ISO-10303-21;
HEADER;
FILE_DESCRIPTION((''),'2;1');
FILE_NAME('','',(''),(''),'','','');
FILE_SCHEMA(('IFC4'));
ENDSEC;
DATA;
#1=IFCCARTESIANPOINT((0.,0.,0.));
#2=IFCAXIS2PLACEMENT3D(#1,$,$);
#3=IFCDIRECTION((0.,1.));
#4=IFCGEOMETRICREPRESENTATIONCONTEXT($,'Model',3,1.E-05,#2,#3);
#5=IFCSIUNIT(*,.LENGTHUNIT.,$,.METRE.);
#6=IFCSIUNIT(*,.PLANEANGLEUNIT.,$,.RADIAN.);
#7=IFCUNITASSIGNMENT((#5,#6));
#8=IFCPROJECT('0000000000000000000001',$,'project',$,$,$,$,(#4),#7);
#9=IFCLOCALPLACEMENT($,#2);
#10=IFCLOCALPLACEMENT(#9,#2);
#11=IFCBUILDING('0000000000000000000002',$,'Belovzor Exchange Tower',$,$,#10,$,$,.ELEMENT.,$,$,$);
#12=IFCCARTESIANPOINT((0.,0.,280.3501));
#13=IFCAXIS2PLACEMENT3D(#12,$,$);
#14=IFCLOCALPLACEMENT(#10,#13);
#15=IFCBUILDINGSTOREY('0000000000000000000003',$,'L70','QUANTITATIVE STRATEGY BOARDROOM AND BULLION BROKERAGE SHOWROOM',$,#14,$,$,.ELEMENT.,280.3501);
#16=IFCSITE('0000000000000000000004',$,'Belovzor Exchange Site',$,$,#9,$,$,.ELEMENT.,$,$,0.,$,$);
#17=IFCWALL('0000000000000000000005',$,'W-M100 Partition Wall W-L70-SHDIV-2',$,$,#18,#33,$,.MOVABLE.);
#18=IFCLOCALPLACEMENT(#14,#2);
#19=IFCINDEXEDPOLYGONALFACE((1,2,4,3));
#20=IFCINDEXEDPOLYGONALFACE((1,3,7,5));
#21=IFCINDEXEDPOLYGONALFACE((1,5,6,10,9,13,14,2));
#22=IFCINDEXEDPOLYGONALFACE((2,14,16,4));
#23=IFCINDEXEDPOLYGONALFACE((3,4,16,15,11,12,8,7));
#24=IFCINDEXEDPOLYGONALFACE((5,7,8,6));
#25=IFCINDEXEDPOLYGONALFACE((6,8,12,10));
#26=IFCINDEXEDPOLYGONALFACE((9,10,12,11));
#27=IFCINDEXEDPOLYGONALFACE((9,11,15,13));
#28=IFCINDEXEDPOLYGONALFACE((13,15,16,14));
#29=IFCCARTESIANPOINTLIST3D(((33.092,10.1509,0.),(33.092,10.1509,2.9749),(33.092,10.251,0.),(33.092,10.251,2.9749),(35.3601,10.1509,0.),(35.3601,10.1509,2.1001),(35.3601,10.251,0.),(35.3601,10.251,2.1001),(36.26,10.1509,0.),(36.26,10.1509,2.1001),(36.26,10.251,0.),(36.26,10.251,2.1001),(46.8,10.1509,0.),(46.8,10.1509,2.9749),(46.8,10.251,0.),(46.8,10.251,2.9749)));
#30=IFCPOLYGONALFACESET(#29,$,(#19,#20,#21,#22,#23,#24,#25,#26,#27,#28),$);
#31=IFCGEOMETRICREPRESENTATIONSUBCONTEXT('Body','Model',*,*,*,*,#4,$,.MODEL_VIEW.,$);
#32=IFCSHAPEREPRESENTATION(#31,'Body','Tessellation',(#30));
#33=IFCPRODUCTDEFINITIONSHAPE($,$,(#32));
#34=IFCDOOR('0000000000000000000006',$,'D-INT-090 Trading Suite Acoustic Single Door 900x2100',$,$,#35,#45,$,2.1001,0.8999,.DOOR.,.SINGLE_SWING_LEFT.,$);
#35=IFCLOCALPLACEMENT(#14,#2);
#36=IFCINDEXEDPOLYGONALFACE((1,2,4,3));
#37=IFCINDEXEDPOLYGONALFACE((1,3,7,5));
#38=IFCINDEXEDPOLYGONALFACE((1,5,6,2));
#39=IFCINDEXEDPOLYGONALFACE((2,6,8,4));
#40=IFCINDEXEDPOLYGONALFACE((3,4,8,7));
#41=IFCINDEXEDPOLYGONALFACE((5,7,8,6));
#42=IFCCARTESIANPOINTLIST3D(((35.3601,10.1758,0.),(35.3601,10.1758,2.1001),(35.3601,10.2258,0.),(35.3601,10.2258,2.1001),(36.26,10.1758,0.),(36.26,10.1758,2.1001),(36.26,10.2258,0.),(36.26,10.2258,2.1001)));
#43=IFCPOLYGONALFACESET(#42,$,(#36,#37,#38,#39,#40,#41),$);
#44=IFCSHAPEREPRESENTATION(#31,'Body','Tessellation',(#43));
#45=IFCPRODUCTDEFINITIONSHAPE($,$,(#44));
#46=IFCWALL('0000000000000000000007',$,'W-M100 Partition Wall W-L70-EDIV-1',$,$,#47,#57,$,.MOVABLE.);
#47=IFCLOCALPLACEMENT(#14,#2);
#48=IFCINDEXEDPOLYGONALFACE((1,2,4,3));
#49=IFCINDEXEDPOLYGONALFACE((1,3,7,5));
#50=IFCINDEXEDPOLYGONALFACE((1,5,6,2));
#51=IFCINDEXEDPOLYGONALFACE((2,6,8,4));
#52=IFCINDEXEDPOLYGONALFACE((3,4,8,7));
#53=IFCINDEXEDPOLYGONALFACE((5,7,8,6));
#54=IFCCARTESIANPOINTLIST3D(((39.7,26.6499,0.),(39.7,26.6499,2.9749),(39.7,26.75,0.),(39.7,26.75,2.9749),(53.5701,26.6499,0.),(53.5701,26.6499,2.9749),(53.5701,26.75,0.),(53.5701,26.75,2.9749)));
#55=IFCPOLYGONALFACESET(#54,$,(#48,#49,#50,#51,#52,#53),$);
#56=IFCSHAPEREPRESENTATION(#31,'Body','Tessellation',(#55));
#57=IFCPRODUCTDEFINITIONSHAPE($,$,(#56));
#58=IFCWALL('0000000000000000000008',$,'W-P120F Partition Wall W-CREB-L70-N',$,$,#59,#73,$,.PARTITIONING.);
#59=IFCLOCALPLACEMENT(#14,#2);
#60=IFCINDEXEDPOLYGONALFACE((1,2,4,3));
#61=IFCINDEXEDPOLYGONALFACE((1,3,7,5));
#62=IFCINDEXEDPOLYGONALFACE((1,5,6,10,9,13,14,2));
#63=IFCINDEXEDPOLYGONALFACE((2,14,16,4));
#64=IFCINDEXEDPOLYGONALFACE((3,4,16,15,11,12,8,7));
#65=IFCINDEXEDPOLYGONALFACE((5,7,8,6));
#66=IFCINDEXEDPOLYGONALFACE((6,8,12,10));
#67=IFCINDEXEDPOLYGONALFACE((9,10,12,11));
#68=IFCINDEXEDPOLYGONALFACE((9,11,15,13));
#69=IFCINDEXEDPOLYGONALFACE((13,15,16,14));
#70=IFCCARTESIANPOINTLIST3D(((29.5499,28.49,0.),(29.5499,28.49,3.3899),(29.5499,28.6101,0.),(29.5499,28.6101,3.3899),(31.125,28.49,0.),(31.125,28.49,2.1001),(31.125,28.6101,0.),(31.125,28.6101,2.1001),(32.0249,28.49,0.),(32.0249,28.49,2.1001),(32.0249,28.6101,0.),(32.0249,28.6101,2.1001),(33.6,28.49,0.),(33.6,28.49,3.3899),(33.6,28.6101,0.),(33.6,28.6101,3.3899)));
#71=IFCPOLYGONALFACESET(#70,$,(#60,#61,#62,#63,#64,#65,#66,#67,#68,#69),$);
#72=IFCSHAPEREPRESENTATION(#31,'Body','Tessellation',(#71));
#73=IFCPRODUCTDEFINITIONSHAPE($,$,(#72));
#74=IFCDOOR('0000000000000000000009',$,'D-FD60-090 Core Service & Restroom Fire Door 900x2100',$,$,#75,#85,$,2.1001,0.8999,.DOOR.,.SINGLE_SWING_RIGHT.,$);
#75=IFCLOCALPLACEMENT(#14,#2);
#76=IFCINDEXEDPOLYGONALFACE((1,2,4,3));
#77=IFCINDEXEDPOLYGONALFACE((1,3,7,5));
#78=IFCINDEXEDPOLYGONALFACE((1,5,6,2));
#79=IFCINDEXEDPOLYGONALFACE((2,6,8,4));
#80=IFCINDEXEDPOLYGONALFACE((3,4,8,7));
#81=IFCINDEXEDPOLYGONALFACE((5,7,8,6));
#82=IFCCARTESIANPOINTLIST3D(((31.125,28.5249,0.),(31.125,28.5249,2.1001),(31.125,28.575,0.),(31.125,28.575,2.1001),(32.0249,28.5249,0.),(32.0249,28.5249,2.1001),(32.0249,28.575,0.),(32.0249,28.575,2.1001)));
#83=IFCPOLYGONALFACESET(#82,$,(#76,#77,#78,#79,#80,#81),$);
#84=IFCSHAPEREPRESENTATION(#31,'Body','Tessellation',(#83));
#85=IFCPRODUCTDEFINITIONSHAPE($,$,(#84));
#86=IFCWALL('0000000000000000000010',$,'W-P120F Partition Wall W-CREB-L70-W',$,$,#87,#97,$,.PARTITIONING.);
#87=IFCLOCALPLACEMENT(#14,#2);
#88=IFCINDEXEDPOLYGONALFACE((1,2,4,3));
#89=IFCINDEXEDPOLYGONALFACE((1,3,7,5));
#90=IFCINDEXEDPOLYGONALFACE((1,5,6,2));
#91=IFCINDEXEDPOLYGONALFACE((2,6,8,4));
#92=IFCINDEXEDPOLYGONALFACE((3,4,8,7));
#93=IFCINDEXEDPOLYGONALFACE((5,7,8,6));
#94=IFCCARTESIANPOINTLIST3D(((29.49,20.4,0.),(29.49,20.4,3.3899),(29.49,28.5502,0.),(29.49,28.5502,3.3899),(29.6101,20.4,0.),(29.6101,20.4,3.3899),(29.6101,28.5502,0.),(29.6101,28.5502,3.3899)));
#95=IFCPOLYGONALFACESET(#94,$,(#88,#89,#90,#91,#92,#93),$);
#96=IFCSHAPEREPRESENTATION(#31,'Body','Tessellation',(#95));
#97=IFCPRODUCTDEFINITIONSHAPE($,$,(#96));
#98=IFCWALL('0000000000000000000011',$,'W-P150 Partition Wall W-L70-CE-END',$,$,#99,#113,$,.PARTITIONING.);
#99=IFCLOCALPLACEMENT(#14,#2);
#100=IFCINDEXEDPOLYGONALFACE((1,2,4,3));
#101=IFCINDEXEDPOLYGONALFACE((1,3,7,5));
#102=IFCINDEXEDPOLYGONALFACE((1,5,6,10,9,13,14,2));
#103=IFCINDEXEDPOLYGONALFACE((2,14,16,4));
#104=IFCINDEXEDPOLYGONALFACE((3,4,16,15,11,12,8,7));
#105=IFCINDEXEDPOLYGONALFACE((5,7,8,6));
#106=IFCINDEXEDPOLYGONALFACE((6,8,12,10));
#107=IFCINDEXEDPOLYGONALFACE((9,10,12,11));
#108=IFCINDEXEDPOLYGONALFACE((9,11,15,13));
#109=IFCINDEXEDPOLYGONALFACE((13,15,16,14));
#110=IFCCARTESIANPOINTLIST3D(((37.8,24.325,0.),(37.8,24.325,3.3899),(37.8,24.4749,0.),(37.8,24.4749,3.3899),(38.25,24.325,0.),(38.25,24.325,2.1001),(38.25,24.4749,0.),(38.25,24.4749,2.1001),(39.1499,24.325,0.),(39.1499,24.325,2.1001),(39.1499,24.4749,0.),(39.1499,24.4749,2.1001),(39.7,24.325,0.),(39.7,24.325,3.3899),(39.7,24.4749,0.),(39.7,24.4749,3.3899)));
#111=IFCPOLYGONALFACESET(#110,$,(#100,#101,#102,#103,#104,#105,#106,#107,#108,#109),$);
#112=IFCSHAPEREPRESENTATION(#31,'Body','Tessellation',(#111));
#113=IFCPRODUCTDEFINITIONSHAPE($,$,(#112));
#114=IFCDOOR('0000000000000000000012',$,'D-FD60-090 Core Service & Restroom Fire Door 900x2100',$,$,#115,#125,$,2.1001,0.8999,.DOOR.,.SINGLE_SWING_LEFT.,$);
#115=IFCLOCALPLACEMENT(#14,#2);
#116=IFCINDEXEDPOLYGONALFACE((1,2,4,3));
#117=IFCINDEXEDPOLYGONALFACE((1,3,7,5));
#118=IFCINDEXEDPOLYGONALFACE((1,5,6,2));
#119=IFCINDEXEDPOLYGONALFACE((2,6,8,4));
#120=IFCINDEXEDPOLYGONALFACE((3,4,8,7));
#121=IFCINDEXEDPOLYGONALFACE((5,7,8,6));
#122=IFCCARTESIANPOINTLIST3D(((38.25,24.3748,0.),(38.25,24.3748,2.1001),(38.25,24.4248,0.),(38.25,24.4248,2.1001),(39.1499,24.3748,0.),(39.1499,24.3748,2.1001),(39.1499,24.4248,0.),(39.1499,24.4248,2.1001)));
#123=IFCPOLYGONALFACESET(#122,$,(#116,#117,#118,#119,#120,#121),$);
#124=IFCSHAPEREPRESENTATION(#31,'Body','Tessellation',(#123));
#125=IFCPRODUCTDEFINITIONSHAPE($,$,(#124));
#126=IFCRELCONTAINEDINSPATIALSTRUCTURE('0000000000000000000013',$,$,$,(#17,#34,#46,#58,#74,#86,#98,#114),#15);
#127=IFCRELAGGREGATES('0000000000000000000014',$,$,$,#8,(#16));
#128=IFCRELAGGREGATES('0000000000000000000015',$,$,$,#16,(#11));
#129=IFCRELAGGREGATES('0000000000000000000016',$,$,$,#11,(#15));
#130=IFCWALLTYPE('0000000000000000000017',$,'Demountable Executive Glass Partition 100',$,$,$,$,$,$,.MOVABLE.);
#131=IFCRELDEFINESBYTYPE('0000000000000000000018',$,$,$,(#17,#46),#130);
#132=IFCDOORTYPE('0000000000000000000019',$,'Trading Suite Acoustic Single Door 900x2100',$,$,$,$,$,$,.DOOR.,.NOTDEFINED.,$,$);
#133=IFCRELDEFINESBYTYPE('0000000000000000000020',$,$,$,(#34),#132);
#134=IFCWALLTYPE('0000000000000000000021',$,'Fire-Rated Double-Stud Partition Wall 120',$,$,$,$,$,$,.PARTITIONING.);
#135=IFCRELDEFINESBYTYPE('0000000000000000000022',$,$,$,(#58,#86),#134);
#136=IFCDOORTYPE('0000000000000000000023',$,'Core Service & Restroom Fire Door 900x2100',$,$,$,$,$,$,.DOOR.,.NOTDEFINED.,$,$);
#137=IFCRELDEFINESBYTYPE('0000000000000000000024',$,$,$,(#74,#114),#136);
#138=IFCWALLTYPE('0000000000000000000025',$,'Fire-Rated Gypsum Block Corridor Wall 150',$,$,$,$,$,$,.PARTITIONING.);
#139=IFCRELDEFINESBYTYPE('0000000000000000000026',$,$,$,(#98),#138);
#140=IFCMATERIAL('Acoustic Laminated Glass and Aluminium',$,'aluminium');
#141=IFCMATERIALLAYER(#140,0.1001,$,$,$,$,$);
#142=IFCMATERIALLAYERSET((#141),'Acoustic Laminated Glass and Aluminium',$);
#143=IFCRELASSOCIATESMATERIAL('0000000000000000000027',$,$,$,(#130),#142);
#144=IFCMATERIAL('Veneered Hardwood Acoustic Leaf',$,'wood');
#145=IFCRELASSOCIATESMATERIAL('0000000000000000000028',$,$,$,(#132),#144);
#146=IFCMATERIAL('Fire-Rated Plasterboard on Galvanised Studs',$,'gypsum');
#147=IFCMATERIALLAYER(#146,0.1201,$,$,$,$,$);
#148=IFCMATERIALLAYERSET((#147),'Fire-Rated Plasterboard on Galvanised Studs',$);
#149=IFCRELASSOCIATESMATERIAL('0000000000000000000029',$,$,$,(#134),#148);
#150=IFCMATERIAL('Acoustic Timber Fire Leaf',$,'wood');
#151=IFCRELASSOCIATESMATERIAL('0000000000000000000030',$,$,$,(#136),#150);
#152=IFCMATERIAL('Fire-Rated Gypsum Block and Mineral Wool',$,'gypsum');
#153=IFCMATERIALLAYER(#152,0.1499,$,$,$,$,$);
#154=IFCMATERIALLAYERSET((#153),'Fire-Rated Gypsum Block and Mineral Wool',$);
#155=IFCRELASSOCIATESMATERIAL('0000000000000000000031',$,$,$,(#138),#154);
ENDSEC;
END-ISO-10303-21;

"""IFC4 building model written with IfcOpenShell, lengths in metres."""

from ifc_helpers import new_model, si_unit, direction, frame, frame_2d, origin, place, context, subcontext, project, spatial, rectangle, extrude, material, layer, layer_set, type_object, element, fill, save


model = new_model("IFC4")

# Units and contexts
model_context = context("Model", 3, precision=1e-05, world=origin(), true_north=direction((0.0, 1.0)))
body_context = subcontext(model_context, "Body", "Model", "MODEL_VIEW")
ifc_project = project(units=[si_unit("LENGTHUNIT", "METRE"), si_unit("PLANEANGLEUNIT", "RADIAN")], contexts=[model_context])

# Site, building, storey
site_placement = place(None, origin())
site = spatial("IfcSite", under=ifc_project, at=site_placement, Name="Belovzor Exchange Site", CompositionType="ELEMENT", RefElevation=0.0)
building_placement = place(site_placement, origin())
building = spatial("IfcBuilding", under=site, at=building_placement, Name="Belovzor Exchange Tower", CompositionType="ELEMENT")
storey_placement = place(building_placement, frame((0.0, 0.0, 280.3501)))
storey = spatial("IfcBuildingStorey", under=building, at=storey_placement, Name="L70", Description="QUANTITATIVE STRATEGY BOARDROOM AND BULLION BROKERAGE SHOWROOM", CompositionType="ELEMENT", Elevation=280.3501)

# Wall, opening, door
ifc_material_1 = material(Name="Acoustic Laminated Glass and Aluminium", Category="aluminium")
ifc_layer_1 = layer(ifc_material_1, 0.1001)
ifc_layer_set_1 = layer_set([ifc_layer_1], Name="Acoustic Laminated Glass and Aluminium")
wall_type_1 = type_object("IfcWallType", Name="Demountable Executive Glass Partition 100", PredefinedType="MOVABLE", material=ifc_layer_set_1)
wall_1_placement = place(storey_placement, frame((33.092, 10.2009, 0.0), z_axis=(0.0, 0.0, 1.0), x_axis=(1.0, 0.0, 0.0)))
wall_1 = element("IfcWall", 1, at=wall_1_placement, inside=storey, type_object=wall_type_1, Name="W-M100 Partition Wall W-L70-SHDIV-2", PredefinedType="MOVABLE", context=body_context, shape_type="SweptSolid", body=[
    extrude(rectangle(XDim=13.708, YDim=0.1001, at=frame_2d((6.854, 0.0))), origin(), (0.0, 0.0, 1.0), 2.9749),
])
opening_1_placement = place(wall_1_placement, frame((2.2681, 0.0, 0.0)))
opening_1 = element("IfcOpeningElement", 2, at=opening_1_placement, cuts=wall_1, PredefinedType="OPENING", context=body_context, shape_type="SweptSolid", body=[
    extrude(rectangle(XDim=0.8999, YDim=2.1001, at=frame_2d((0.45, 1.05))), frame((0.0, 0.0601, 0.0), z_axis=(0.0, -1.0, 0.0), x_axis=(1.0, 0.0, 0.0)), (0.0, 0.0, 1.0), 0.1201),
])
ifc_material_2 = material(Name="Veneered Hardwood Acoustic Leaf", Category="wood")
door_type_1 = type_object("IfcDoorType", Name="Trading Suite Acoustic Single Door 900x2100", OperationType="NOTDEFINED", PredefinedType="DOOR", material=ifc_material_2)
door_1_placement = place(opening_1_placement, origin())
door_1 = element("IfcDoor", 3, at=door_1_placement, inside=storey, type_object=door_type_1, Name="D-INT-090 Trading Suite Acoustic Single Door 900x2100", OperationType="SINGLE_SWING_LEFT", OverallHeight=2.1001, OverallWidth=0.8999, PredefinedType="DOOR", context=body_context, shape_type="SweptSolid", body=[
    extrude(rectangle(XDim=0.8999, YDim=2.1001, at=frame_2d((0.45, 1.05))), frame((0.0, 0.0249, 0.0), z_axis=(0.0, -1.0, 0.0), x_axis=(1.0, 0.0, 0.0)), (0.0, 0.0, 1.0), 0.05),
])
fill(opening_1, door_1)

# Wall
wall_2_placement = place(storey_placement, frame((39.7, 26.7, 0.0), z_axis=(0.0, 0.0, 1.0), x_axis=(1.0, 0.0, 0.0)))
element("IfcWall", 4, at=wall_2_placement, inside=storey, type_object=wall_type_1, Name="W-M100 Partition Wall W-L70-EDIV-1", PredefinedType="MOVABLE", context=body_context, shape_type="SweptSolid", body=[
    extrude(rectangle(XDim=13.8701, YDim=0.1001, at=frame_2d((6.9351, 0.0))), origin(), (0.0, 0.0, 1.0), 2.9749),
])

# Wall, opening, door
ifc_material_3 = material(Name="Fire-Rated Plasterboard on Galvanised Studs", Category="gypsum")
ifc_layer_2 = layer(ifc_material_3, 0.1201)
ifc_layer_set_2 = layer_set([ifc_layer_2], Name="Fire-Rated Plasterboard on Galvanised Studs")
wall_type_2 = type_object("IfcWallType", Name="Fire-Rated Double-Stud Partition Wall 120", PredefinedType="PARTITIONING", material=ifc_layer_set_2)
wall_3_placement = place(storey_placement, frame((29.55, 28.55, 0.0), z_axis=(0.0, 0.0, 1.0), x_axis=(1.0, 0.0, 0.0)))
wall_3 = element("IfcWall", 5, at=wall_3_placement, inside=storey, type_object=wall_type_2, Name="W-P120F Partition Wall W-CREB-L70-N", PredefinedType="PARTITIONING", context=body_context, shape_type="SweptSolid", body=[
    extrude(rectangle(XDim=4.05, YDim=0.1201, at=frame_2d((2.0249, 0.0))), origin(), (0.0, 0.0, 1.0), 3.3899),
])
opening_2_placement = place(wall_3_placement, frame((1.575, 0.0, 0.0)))
opening_2 = element("IfcOpeningElement", 6, at=opening_2_placement, cuts=wall_3, PredefinedType="OPENING", context=body_context, shape_type="SweptSolid", body=[
    extrude(rectangle(XDim=0.8999, YDim=2.1001, at=frame_2d((0.45, 1.05))), frame((0.0, 0.0701, 0.0), z_axis=(0.0, -1.0, 0.0), x_axis=(1.0, 0.0, 0.0)), (0.0, 0.0, 1.0), 0.1401),
])
ifc_material_4 = material(Name="Acoustic Timber Fire Leaf", Category="wood")
door_type_2 = type_object("IfcDoorType", Name="Core Service & Restroom Fire Door 900x2100", OperationType="NOTDEFINED", PredefinedType="DOOR", material=ifc_material_4)
door_2_placement = place(opening_2_placement, origin())
door_2 = element("IfcDoor", 7, at=door_2_placement, inside=storey, type_object=door_type_2, Name="D-FD60-090 Core Service & Restroom Fire Door 900x2100", OperationType="SINGLE_SWING_RIGHT", OverallHeight=2.1001, OverallWidth=0.8999, PredefinedType="DOOR", context=body_context, shape_type="SweptSolid", body=[
    extrude(rectangle(XDim=0.8999, YDim=2.1001, at=frame_2d((0.45, 1.05))), frame((0.0, 0.0249, 0.0), z_axis=(0.0, -1.0, 0.0), x_axis=(1.0, 0.0, 0.0)), (0.0, 0.0, 1.0), 0.05),
])
fill(opening_2, door_2)

# Wall
wall_4_placement = place(storey_placement, frame((29.55, 20.3999, 0.0), z_axis=(0.0, 0.0, 1.0), x_axis=(0.0, 1.0, 0.0)))
element("IfcWall", 8, at=wall_4_placement, inside=storey, type_object=wall_type_2, Name="W-P120F Partition Wall W-CREB-L70-W", PredefinedType="PARTITIONING", context=body_context, shape_type="SweptSolid", body=[
    extrude(rectangle(XDim=8.1501, YDim=0.1201, at=frame_2d((4.0752, 0.0))), origin(), (0.0, 0.0, 1.0), 3.3899),
])

# Wall, opening, door
ifc_material_5 = material(Name="Fire-Rated Gypsum Block and Mineral Wool", Category="gypsum")
ifc_layer_3 = layer(ifc_material_5, 0.1499)
ifc_layer_set_3 = layer_set([ifc_layer_3], Name="Fire-Rated Gypsum Block and Mineral Wool")
wall_type_3 = type_object("IfcWallType", Name="Fire-Rated Gypsum Block Corridor Wall 150", PredefinedType="PARTITIONING", material=ifc_layer_set_3)
wall_5_placement = place(storey_placement, frame((37.8, 24.3999, 0.0), z_axis=(0.0, 0.0, 1.0), x_axis=(1.0, 0.0, 0.0)))
wall_5 = element("IfcWall", 9, at=wall_5_placement, inside=storey, type_object=wall_type_3, Name="W-P150 Partition Wall W-L70-CE-END", PredefinedType="PARTITIONING", context=body_context, shape_type="SweptSolid", body=[
    extrude(rectangle(XDim=1.8999, YDim=0.1499, at=frame_2d((0.95, 0.0))), origin(), (0.0, 0.0, 1.0), 3.3899),
])
opening_3_placement = place(wall_5_placement, frame((0.45, 0.0, 0.0)))
opening_3 = element("IfcOpeningElement", 10, at=opening_3_placement, cuts=wall_5, PredefinedType="OPENING", context=body_context, shape_type="SweptSolid", body=[
    extrude(rectangle(XDim=0.8999, YDim=2.1001, at=frame_2d((0.45, 1.05))), frame((0.0, 0.085, 0.0), z_axis=(0.0, -1.0, 0.0), x_axis=(1.0, 0.0, 0.0)), (0.0, 0.0, 1.0), 0.1699),
])
door_3_placement = place(opening_3_placement, origin())
door_3 = element("IfcDoor", 11, at=door_3_placement, inside=storey, type_object=door_type_2, Name="D-FD60-090 Core Service & Restroom Fire Door 900x2100", OperationType="SINGLE_SWING_LEFT", OverallHeight=2.1001, OverallWidth=0.8999, PredefinedType="DOOR", context=body_context, shape_type="SweptSolid", body=[
    extrude(rectangle(XDim=0.8999, YDim=2.1001, at=frame_2d((0.45, 1.05))), frame((0.0, 0.0249, 0.0), z_axis=(0.0, -1.0, 0.0), x_axis=(1.0, 0.0, 0.0)), (0.0, 0.0, 1.0), 0.05),
])
fill(opening_3, door_3)

save(model, "model.ifc")
